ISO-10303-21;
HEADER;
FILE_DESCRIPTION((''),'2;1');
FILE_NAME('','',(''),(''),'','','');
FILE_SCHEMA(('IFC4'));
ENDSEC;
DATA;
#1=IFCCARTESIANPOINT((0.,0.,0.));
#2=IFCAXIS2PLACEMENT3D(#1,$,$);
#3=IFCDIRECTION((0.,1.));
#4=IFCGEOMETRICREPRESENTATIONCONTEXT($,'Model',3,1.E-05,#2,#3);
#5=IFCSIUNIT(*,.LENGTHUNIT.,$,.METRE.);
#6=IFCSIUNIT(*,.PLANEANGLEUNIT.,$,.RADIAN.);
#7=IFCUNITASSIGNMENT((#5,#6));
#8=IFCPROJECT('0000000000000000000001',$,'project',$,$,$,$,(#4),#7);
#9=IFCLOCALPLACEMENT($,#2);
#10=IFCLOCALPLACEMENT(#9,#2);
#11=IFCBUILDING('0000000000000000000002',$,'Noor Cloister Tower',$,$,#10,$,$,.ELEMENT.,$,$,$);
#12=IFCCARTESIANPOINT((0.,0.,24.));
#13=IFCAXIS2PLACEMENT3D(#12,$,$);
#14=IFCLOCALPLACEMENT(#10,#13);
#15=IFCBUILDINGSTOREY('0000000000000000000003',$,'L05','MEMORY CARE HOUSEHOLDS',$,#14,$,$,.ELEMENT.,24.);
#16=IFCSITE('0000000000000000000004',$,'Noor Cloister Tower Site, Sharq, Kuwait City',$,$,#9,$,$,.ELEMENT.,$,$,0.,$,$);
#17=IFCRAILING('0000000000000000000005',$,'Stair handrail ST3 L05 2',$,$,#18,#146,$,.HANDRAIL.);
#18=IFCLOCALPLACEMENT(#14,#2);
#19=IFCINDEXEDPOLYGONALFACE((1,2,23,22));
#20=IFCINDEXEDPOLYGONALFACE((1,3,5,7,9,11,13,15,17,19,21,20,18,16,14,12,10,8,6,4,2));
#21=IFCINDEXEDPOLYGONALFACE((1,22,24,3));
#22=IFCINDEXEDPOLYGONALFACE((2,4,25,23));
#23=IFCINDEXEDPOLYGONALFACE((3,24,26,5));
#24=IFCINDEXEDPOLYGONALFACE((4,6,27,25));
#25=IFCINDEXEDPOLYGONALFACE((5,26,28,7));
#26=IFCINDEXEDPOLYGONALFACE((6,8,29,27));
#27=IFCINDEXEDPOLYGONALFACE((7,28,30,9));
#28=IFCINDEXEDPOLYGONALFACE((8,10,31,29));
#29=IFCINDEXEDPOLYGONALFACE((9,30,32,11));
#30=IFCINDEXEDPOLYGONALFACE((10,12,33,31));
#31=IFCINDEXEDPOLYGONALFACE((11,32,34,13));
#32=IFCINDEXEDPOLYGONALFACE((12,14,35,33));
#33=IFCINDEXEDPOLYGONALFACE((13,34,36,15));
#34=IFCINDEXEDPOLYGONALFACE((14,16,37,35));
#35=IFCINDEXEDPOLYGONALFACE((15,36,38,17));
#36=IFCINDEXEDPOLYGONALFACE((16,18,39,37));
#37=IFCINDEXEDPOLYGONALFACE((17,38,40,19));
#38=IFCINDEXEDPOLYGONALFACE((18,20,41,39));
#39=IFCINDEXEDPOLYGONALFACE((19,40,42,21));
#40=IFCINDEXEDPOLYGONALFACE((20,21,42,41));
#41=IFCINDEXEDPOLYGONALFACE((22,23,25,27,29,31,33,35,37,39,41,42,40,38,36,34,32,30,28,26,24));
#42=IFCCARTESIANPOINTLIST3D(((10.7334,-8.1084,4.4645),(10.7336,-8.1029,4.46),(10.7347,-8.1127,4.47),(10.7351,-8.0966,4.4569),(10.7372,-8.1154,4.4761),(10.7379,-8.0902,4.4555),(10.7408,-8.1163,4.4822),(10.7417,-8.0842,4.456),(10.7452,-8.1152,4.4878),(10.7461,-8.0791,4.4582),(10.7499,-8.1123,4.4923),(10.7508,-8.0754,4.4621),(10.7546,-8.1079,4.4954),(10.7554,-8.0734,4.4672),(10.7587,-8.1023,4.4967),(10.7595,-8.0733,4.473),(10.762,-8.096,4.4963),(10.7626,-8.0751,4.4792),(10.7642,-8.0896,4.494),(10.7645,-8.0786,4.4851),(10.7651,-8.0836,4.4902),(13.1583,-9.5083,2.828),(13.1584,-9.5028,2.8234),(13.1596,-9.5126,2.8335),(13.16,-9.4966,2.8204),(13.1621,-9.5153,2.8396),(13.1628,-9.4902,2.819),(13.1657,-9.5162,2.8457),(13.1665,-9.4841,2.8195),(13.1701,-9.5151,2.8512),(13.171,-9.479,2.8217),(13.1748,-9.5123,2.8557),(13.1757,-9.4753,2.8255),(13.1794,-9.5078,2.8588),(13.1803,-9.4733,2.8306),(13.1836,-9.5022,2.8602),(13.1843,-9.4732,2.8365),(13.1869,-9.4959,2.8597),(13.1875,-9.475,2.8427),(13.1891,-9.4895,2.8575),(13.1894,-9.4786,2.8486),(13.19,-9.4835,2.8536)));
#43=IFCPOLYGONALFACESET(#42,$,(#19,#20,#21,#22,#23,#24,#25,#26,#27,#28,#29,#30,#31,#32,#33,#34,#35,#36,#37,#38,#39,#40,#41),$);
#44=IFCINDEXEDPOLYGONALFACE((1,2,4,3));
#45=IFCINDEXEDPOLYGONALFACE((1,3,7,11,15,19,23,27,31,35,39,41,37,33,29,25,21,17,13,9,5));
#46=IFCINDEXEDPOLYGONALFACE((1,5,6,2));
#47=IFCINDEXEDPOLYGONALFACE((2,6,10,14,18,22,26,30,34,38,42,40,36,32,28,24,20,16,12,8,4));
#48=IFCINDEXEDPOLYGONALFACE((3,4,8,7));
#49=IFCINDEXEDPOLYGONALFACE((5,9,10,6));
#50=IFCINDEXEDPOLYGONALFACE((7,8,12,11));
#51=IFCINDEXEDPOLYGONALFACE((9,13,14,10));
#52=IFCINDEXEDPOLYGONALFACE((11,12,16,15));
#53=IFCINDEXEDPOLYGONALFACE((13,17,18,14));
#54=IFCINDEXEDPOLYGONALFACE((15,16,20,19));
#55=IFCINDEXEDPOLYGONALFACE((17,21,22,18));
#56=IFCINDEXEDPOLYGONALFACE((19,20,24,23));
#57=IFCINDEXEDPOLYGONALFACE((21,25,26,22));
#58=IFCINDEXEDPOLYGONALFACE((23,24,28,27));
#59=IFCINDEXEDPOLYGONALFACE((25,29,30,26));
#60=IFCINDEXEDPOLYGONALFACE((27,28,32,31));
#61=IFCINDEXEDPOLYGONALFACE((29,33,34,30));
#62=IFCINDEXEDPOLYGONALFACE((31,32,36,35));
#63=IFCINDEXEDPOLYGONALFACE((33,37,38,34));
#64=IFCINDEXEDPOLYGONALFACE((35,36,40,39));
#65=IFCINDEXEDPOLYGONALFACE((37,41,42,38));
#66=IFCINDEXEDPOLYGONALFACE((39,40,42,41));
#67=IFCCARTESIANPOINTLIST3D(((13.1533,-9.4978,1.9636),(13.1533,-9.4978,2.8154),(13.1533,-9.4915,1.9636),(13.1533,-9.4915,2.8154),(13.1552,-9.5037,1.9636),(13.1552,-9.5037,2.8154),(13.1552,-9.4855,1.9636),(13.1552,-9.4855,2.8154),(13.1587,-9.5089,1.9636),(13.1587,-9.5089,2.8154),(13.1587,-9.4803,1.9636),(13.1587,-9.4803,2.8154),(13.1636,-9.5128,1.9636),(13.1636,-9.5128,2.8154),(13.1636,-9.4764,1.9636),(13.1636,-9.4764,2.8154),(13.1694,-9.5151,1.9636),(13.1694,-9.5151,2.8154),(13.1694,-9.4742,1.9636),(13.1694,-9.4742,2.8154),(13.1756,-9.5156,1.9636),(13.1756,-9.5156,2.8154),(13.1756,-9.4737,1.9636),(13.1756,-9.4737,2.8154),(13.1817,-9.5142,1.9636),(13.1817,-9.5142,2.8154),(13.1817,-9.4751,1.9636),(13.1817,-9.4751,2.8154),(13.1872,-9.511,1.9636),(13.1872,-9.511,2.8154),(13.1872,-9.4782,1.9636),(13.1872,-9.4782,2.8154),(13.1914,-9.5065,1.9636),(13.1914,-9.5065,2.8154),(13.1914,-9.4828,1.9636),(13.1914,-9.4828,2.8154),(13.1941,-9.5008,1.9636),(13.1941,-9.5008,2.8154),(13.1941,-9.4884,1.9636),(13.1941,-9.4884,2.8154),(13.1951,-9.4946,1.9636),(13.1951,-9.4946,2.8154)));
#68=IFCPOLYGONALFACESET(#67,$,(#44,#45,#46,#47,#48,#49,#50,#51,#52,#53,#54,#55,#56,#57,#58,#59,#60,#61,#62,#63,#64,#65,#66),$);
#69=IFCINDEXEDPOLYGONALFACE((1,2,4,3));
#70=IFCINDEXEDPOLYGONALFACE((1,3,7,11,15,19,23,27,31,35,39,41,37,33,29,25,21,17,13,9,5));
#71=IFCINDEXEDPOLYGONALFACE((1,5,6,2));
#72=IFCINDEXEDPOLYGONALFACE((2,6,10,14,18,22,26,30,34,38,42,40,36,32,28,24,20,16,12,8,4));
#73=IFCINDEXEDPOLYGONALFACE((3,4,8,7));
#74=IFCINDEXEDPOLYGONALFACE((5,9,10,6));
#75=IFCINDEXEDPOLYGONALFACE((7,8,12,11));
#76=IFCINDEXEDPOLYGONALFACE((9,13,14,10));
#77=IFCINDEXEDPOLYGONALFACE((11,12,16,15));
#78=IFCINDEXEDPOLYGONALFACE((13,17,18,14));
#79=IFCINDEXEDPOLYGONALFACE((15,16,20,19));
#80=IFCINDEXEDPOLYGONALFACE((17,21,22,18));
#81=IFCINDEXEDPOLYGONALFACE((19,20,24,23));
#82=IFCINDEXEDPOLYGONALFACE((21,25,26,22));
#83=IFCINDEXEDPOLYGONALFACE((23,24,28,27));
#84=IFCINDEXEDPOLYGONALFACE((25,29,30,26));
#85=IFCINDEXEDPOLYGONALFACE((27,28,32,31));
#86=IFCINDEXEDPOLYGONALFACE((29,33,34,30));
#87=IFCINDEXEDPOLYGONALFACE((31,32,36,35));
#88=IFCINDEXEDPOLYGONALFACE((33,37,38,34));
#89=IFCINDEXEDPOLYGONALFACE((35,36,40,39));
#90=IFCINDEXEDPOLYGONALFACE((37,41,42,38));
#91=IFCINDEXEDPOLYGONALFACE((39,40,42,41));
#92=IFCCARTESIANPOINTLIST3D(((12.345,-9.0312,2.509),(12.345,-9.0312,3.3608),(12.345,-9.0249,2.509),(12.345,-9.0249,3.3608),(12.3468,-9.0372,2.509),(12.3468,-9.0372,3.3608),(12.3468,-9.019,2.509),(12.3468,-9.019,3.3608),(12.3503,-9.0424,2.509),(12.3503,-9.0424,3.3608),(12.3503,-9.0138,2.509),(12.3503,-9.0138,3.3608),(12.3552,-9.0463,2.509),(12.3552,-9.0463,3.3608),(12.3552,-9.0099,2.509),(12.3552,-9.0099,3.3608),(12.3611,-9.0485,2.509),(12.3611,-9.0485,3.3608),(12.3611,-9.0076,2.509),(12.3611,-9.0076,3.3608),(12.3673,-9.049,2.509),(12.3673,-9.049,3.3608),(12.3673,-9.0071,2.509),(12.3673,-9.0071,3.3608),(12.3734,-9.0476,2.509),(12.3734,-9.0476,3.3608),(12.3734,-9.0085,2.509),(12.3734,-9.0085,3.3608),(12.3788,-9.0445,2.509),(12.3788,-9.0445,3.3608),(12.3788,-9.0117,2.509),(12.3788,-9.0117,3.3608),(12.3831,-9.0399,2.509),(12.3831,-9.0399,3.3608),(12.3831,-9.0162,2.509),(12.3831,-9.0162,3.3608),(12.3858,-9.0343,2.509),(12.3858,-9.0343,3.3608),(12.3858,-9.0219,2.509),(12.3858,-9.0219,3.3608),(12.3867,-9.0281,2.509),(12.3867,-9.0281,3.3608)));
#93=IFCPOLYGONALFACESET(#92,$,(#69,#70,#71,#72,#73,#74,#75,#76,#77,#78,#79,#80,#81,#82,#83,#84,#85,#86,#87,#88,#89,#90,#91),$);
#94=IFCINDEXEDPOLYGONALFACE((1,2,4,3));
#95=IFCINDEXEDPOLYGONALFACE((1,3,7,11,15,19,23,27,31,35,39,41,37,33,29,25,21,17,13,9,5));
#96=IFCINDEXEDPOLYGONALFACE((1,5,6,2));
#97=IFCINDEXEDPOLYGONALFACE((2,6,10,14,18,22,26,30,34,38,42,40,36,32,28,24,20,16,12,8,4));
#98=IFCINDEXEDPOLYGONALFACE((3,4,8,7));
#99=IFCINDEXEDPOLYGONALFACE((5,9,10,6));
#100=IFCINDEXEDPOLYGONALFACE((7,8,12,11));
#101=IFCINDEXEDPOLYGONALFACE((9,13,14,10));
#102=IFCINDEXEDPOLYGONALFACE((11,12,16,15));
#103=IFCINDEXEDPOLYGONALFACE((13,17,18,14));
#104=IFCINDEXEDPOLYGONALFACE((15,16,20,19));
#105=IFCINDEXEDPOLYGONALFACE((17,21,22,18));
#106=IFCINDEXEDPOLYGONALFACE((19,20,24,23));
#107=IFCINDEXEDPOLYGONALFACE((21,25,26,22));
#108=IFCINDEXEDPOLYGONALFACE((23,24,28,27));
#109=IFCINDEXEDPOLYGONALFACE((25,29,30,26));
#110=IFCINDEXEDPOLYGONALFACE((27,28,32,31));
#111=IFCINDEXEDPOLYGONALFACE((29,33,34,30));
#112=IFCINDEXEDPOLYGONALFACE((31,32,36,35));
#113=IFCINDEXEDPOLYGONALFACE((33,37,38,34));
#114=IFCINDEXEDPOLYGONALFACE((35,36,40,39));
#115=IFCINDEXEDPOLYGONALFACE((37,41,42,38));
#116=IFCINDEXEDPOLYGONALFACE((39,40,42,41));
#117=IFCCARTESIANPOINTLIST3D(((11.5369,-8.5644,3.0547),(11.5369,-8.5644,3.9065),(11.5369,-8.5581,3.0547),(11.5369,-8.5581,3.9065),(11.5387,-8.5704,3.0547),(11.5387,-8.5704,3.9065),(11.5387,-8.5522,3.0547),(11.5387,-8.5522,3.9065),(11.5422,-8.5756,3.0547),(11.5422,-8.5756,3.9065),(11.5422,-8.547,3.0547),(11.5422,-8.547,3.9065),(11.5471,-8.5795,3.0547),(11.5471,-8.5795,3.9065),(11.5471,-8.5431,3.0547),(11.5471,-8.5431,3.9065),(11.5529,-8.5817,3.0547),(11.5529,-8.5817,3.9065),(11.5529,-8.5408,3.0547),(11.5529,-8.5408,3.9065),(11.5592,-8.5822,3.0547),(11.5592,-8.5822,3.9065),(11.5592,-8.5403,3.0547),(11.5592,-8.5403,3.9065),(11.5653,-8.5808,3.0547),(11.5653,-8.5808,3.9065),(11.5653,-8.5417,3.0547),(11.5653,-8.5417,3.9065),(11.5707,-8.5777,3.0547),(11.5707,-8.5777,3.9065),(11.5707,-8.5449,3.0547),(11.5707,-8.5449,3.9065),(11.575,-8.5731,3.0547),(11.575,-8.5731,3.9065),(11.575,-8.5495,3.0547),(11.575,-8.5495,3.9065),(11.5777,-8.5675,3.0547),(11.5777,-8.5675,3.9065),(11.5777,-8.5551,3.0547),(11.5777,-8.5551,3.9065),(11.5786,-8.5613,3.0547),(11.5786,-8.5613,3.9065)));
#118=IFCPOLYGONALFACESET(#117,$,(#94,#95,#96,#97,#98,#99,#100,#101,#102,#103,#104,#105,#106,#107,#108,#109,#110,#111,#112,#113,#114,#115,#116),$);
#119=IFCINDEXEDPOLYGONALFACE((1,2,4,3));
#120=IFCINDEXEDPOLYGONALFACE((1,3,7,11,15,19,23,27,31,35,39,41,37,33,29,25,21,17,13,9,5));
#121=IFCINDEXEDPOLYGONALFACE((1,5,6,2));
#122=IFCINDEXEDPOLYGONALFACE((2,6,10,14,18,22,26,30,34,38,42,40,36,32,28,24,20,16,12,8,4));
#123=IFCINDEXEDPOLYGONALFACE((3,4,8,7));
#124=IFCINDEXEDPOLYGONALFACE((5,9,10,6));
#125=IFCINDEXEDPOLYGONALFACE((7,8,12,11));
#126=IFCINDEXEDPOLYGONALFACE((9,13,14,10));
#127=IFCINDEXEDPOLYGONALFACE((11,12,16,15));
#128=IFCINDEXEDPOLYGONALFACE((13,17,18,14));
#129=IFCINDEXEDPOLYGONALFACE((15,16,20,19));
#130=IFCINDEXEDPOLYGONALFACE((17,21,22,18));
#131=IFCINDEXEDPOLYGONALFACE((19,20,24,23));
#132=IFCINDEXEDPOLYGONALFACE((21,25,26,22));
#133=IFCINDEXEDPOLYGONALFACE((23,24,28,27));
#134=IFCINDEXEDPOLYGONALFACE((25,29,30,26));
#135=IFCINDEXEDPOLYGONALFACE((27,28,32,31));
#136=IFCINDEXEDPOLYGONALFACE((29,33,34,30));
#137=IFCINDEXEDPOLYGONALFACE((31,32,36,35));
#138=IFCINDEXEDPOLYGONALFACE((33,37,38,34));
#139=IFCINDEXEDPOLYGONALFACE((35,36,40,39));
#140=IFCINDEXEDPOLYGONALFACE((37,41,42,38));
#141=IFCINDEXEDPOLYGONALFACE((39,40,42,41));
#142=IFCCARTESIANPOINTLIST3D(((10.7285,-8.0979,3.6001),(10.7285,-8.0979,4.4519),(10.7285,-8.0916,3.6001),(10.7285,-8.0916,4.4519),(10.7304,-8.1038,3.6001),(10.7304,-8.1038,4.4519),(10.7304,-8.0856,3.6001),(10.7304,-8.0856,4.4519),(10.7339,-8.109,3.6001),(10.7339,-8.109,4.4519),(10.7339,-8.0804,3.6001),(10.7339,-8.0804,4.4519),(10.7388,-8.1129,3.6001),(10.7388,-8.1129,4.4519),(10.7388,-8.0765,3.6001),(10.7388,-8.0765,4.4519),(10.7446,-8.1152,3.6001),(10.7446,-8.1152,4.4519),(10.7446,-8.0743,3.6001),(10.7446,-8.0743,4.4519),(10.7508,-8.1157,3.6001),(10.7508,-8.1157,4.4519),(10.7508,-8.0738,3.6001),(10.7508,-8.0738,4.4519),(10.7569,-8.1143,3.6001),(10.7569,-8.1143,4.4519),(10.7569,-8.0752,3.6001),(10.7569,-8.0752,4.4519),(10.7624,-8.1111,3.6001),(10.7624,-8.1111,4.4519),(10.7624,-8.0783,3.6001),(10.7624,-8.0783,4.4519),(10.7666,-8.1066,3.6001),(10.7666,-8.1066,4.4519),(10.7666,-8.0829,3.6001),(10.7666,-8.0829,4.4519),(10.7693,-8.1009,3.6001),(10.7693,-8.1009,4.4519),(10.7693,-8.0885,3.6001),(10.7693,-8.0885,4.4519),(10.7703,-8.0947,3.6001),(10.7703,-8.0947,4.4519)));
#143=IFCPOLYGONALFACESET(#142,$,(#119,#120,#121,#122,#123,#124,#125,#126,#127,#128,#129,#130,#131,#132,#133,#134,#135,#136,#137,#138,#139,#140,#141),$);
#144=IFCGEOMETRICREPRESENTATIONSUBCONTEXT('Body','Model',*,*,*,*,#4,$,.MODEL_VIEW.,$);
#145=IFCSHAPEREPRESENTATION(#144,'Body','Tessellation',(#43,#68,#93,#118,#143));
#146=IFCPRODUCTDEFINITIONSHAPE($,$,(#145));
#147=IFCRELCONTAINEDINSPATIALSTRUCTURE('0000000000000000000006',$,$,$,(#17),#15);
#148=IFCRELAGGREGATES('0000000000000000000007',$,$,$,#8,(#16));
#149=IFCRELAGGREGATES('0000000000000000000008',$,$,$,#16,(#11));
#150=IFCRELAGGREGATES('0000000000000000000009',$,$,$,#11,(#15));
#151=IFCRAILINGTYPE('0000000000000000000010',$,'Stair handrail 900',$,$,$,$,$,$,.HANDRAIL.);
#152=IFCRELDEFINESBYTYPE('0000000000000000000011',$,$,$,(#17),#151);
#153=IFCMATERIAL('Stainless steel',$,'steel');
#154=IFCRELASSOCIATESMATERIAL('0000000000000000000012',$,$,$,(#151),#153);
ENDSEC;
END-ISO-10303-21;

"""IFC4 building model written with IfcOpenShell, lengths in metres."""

from ifc_helpers import new_model, si_unit, direction, frame, origin, origin_2d, place, context, subcontext, project, spatial, circle, extrude, material, type_object, element, save


model = new_model("IFC4")

# Units and contexts
model_context = context("Model", 3, precision=1e-05, world=origin(), true_north=direction((0.0, 1.0)))
body_context = subcontext(model_context, "Body", "Model", "MODEL_VIEW")
ifc_project = project(units=[si_unit("LENGTHUNIT", "METRE"), si_unit("PLANEANGLEUNIT", "RADIAN")], contexts=[model_context])

# Site, building, storey
site_placement = place(None, origin())
site = spatial("IfcSite", under=ifc_project, at=site_placement, Name="Noor Cloister Tower Site, Sharq, Kuwait City", CompositionType="ELEMENT", RefElevation=0.0)
building_placement = place(site_placement, origin())
building = spatial("IfcBuilding", under=site, at=building_placement, Name="Noor Cloister Tower", CompositionType="ELEMENT")
storey_placement = place(building_placement, frame((0.0, 0.0, 24.0)))
storey = spatial("IfcBuildingStorey", under=building, at=storey_placement, Name="L05", Description="MEMORY CARE HOUSEHOLDS", CompositionType="ELEMENT", Elevation=24.0)

# Railing
ifc_material_1 = material(Name="Stainless steel", Category="steel")
railing_type_1 = type_object("IfcRailingType", Name="Stair handrail 900", PredefinedType="HANDRAIL", material=ifc_material_1)
railing_1_placement = place(storey_placement, frame((13.1741, -9.4946, 1.9636)))
element("IfcRailing", 1, at=railing_1_placement, inside=storey, type_object=railing_type_1, Name="Stair handrail ST3 L05 2", PredefinedType="HANDRAIL", context=body_context, shape_type="SweptSolid", body=[
    extrude(circle(Radius=0.0239, at=origin_2d()), frame((0.0, 0.0, 0.876), z_axis=(-0.74769, 0.431661, 0.504608), x_axis=(-0.499984, -0.866035, 0.0)), (0.0, 0.0, 1.0), 3.2432),
    extrude(circle(Radius=0.021, at=origin_2d()), origin(), (0.0, 0.0, 1.0), 0.8518),
    extrude(circle(Radius=0.021, at=origin_2d()), frame((-0.8083, 0.4666, 0.5454)), (0.0, 0.0, 1.0), 0.8518),
    extrude(circle(Radius=0.021, at=origin_2d()), frame((-1.6165, 0.9333, 1.0911)), (0.0, 0.0, 1.0), 0.8518),
    extrude(circle(Radius=0.021, at=origin_2d()), frame((-2.4248, 1.3999, 1.6365)), (0.0, 0.0, 1.0), 0.8518),
])

save(model, "model.ifc")
